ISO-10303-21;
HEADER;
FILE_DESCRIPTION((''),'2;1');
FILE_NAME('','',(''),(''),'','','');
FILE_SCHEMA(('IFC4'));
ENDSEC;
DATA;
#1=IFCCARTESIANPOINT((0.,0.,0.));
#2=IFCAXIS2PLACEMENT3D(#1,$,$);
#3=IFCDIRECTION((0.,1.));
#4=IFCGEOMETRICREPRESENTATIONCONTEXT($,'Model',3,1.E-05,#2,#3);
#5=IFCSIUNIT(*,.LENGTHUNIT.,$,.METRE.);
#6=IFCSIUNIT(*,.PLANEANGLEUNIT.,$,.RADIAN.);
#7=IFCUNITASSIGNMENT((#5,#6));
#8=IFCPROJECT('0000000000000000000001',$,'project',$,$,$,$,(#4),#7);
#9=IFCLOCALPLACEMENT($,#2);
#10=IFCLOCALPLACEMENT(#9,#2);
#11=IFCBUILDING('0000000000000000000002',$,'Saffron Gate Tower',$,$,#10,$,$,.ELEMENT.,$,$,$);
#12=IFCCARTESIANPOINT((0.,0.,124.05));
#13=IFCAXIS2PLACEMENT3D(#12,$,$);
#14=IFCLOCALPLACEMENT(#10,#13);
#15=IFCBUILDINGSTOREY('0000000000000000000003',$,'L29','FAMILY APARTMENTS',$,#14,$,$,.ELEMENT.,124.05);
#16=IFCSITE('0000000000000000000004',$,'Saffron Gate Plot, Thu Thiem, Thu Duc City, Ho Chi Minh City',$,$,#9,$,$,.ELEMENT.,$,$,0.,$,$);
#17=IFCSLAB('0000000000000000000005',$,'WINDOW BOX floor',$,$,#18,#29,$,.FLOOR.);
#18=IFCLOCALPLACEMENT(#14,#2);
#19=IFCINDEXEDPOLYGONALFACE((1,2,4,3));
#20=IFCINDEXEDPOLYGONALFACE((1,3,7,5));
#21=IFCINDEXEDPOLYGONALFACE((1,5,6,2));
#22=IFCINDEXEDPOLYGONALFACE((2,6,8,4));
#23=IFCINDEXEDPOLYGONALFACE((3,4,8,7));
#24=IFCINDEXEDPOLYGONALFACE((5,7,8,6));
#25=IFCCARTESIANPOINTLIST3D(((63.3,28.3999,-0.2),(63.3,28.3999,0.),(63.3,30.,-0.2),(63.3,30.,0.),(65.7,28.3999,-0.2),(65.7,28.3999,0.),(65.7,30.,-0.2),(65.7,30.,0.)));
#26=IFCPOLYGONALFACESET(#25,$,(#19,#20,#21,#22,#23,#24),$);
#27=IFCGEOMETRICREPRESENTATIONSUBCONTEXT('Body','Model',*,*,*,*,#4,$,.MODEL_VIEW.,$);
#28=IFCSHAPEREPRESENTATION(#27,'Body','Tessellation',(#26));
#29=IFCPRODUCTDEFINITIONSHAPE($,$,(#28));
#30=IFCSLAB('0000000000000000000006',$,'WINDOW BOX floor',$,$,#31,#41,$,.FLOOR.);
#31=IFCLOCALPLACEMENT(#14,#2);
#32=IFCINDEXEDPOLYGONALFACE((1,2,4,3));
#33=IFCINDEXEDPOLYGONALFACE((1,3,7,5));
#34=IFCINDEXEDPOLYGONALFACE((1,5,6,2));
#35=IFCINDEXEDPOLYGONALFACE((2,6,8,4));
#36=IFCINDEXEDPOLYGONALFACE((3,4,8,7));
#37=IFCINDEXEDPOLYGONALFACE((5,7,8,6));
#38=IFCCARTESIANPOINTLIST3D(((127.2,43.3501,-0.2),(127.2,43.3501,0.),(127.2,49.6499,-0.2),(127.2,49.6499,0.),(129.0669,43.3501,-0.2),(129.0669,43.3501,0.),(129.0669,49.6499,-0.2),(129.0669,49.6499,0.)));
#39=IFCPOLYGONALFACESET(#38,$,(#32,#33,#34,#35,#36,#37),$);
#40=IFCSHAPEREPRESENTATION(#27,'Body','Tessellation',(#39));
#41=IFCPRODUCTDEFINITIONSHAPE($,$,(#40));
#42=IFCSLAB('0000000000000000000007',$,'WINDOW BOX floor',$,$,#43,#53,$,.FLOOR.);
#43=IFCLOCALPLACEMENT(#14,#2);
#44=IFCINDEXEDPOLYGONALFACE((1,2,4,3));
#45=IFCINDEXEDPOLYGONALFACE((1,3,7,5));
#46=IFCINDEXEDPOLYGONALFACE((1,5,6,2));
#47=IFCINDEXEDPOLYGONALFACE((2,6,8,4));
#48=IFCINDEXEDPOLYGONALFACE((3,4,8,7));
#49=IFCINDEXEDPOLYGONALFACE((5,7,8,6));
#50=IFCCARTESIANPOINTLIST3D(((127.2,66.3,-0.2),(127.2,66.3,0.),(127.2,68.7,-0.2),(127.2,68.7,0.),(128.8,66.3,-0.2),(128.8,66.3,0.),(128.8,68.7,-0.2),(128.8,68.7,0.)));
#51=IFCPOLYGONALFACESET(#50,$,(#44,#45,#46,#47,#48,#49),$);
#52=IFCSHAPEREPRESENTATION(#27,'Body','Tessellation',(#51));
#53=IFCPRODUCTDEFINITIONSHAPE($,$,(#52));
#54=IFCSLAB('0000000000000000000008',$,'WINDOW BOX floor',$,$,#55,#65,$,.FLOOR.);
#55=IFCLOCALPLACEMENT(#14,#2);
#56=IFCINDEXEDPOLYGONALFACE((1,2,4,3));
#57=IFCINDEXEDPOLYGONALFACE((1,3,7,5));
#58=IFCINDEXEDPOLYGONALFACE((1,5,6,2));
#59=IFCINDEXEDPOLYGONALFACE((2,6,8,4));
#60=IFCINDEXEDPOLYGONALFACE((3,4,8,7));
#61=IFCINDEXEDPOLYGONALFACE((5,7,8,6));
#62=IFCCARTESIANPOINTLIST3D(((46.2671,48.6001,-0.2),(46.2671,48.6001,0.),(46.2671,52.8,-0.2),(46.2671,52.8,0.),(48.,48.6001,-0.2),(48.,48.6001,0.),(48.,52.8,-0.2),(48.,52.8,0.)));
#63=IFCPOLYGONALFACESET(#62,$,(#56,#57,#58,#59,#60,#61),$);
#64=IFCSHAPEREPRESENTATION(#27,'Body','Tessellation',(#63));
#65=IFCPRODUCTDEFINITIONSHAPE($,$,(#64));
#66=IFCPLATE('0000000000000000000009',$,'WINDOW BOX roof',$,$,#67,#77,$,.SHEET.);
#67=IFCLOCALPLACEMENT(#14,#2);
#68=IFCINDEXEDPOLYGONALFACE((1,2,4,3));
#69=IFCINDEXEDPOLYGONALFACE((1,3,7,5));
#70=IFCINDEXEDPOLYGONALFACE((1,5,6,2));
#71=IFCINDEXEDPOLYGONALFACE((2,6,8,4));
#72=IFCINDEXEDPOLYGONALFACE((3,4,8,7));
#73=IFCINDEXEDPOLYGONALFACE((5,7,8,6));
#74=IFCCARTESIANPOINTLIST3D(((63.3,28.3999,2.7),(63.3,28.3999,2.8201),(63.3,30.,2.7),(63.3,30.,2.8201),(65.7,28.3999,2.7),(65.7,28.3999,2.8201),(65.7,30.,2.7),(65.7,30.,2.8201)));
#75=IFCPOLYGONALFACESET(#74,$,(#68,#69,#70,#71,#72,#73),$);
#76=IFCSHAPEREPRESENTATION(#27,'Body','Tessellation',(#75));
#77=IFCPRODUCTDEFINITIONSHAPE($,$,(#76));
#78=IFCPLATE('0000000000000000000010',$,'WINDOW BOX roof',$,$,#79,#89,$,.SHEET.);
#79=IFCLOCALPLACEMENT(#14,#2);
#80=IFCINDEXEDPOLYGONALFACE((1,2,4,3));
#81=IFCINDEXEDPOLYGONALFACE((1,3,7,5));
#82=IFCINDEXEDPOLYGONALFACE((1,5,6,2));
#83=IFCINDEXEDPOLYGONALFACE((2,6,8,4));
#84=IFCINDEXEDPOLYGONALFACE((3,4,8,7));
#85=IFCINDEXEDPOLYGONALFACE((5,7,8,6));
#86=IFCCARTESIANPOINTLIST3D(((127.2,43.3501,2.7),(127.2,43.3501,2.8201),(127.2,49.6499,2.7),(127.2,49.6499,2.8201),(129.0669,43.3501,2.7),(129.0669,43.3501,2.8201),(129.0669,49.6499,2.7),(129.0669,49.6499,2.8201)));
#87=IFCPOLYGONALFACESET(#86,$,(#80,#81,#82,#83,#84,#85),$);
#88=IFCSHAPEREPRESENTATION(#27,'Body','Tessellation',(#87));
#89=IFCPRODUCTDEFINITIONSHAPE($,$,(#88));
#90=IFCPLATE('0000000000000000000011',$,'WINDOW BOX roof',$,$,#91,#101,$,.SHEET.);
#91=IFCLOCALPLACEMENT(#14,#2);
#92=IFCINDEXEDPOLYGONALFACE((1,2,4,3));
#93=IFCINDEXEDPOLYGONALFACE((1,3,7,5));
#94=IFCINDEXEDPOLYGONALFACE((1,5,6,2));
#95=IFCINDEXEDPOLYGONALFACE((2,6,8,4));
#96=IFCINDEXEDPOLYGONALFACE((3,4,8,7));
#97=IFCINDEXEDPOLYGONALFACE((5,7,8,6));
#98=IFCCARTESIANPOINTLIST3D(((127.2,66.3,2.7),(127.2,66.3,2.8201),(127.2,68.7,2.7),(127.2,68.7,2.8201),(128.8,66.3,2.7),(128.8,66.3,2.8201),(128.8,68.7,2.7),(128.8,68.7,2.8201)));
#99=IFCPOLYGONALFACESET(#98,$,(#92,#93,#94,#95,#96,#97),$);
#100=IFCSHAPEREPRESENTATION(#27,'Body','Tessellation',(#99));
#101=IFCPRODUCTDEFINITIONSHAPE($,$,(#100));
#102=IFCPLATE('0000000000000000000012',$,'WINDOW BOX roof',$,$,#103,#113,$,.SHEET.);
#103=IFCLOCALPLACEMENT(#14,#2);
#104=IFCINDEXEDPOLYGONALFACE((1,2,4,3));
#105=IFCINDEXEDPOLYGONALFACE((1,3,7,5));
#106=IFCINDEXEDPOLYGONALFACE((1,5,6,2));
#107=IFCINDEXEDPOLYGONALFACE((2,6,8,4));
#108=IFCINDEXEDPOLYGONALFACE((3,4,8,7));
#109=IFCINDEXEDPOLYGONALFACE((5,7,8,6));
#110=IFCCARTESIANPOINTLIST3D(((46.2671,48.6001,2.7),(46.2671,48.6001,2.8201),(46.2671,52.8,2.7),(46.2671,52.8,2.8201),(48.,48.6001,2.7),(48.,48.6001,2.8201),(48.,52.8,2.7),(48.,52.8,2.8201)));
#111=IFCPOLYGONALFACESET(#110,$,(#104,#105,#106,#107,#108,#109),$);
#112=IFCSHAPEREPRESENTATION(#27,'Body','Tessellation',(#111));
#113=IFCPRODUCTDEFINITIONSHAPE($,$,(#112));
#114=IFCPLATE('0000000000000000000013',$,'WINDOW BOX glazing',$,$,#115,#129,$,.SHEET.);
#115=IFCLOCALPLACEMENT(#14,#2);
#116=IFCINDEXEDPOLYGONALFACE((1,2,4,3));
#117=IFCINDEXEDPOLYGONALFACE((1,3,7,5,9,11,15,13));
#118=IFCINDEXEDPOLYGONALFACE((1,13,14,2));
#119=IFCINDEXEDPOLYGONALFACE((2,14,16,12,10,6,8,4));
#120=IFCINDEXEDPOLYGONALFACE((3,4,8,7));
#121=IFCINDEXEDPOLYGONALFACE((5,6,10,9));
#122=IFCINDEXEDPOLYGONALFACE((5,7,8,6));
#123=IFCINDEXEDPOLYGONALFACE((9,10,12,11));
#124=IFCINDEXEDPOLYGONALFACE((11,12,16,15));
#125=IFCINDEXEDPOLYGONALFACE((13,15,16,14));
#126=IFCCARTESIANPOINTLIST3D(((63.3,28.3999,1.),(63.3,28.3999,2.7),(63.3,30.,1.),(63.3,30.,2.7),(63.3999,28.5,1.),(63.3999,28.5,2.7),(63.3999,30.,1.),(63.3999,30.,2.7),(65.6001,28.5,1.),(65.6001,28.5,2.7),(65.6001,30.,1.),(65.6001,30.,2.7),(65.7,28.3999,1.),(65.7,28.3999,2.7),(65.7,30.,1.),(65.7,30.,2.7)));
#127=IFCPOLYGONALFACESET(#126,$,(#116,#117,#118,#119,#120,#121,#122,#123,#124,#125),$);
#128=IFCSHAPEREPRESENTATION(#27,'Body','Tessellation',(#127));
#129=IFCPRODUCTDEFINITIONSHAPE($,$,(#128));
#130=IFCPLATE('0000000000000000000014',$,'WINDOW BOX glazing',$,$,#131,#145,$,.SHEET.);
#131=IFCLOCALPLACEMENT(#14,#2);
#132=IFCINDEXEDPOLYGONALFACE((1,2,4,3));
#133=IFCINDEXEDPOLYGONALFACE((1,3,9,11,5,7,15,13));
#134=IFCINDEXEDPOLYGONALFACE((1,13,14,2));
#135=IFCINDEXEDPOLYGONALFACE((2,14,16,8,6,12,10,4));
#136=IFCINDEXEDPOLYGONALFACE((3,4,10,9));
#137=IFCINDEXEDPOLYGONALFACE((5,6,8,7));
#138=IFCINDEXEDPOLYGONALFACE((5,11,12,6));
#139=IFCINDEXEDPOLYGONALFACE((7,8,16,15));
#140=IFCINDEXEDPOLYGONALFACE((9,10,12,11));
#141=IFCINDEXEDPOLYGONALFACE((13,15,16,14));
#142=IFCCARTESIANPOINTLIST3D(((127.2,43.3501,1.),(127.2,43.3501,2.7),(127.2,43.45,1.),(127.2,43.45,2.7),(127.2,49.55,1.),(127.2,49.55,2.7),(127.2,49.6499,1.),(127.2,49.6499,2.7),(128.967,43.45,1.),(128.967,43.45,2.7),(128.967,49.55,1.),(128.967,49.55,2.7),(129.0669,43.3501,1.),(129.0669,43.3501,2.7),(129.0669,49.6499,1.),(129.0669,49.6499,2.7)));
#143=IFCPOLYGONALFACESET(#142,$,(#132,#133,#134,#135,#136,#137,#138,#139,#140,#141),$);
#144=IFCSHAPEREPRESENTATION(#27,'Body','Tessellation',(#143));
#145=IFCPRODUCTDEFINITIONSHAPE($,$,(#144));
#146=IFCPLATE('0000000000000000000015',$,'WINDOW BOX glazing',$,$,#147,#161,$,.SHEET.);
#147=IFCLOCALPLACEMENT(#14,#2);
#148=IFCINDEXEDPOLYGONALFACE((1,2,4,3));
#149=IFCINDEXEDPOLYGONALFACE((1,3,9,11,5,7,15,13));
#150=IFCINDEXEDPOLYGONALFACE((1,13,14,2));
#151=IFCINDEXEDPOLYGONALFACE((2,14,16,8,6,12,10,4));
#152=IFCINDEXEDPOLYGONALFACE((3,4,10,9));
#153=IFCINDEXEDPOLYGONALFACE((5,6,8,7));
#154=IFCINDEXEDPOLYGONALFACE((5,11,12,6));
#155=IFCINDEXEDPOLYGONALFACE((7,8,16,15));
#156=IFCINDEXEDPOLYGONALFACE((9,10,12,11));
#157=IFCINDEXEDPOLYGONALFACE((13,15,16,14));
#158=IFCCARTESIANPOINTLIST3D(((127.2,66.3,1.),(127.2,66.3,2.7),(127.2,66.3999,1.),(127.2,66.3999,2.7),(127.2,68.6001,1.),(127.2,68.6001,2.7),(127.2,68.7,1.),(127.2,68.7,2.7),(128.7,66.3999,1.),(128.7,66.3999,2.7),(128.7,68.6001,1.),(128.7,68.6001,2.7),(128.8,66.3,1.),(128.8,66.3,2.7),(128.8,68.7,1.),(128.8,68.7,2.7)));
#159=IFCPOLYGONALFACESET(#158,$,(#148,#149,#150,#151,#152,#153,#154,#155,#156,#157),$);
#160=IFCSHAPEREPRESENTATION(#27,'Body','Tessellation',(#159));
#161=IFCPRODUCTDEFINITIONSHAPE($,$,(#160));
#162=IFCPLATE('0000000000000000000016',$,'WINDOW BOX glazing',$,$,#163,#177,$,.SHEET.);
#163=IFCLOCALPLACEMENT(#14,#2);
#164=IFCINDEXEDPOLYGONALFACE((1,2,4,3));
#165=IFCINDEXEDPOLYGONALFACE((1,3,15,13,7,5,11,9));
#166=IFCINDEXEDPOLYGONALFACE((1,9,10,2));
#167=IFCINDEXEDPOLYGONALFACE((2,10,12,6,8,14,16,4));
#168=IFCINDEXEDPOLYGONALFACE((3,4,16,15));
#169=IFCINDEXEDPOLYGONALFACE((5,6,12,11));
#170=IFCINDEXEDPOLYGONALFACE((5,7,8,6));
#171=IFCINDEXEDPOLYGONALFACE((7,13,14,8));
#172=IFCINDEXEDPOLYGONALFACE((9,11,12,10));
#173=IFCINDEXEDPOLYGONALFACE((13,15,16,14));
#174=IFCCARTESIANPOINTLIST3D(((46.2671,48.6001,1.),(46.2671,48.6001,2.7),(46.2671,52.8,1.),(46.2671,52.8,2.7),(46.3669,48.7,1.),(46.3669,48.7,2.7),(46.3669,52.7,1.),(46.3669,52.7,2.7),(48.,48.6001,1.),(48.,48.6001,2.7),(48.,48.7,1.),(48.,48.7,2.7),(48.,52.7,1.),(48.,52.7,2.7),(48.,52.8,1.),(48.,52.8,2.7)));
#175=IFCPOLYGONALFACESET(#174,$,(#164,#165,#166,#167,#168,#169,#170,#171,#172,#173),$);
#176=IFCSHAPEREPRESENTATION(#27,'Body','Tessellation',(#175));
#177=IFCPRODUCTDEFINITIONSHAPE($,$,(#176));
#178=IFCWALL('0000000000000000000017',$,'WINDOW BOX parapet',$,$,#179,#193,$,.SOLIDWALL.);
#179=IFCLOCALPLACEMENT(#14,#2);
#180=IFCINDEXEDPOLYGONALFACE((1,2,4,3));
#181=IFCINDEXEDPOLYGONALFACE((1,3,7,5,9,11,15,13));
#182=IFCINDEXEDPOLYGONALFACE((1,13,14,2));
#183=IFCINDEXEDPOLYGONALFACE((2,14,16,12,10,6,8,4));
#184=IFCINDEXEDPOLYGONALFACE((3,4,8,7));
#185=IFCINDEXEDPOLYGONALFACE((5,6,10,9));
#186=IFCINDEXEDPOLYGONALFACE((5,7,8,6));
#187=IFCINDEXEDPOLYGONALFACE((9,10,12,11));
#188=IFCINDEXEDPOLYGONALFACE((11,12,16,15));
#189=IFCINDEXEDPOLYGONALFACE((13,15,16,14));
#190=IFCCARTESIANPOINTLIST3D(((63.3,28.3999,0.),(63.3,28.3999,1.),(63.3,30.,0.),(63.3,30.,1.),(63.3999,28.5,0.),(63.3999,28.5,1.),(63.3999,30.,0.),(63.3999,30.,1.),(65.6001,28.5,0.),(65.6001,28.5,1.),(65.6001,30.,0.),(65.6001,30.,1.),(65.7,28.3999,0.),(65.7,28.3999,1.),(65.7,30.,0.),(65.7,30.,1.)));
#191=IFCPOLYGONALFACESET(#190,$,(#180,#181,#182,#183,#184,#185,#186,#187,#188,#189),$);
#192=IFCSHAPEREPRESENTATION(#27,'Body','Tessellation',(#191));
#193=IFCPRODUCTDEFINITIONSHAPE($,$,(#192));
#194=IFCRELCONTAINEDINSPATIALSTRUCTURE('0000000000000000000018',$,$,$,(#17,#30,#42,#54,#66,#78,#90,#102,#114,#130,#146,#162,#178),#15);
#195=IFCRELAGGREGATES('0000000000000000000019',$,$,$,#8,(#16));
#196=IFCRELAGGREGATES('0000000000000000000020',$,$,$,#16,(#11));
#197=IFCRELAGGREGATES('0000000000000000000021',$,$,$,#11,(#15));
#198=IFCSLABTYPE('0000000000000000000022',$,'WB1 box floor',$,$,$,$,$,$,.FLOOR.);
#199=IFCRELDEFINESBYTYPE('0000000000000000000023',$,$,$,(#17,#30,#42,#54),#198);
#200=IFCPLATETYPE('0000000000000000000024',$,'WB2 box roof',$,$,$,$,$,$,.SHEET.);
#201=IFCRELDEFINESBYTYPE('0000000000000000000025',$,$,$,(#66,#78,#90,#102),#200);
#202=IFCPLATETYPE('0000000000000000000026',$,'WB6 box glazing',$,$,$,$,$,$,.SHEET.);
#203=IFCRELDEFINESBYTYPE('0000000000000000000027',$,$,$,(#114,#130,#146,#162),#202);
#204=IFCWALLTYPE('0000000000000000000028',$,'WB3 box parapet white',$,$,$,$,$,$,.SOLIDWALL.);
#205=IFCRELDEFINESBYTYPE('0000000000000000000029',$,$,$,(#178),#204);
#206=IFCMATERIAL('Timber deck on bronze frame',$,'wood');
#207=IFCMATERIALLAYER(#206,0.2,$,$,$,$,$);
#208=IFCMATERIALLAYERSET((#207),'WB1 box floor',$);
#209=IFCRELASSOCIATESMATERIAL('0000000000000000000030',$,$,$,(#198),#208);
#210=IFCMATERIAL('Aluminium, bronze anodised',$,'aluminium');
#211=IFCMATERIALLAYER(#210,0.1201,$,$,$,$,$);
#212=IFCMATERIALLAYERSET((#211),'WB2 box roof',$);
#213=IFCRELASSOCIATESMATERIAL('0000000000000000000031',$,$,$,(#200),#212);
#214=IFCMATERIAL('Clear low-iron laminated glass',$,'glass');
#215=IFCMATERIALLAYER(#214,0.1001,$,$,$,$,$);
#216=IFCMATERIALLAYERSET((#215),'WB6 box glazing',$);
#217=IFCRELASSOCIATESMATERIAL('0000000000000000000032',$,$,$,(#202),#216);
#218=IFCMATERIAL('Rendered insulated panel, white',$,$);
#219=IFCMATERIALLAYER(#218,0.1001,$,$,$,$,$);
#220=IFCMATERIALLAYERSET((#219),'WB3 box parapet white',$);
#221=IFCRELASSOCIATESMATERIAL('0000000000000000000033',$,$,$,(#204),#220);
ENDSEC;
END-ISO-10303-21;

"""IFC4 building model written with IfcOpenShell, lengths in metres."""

from ifc_helpers import new_model, si_unit, direction, frame, origin, place, context, subcontext, project, spatial, polyline, outline, extrude, material, layer, layer_set, type_object, element, save


model = new_model("IFC4")

# Units and contexts
model_context = context("Model", 3, precision=1e-05, world=origin(), true_north=direction((0.0, 1.0)))
body_context = subcontext(model_context, "Body", "Model", "MODEL_VIEW")
ifc_project = project(units=[si_unit("LENGTHUNIT", "METRE"), si_unit("PLANEANGLEUNIT", "RADIAN")], contexts=[model_context])

# Site, building, storey
site_placement = place(None, origin())
site = spatial("IfcSite", under=ifc_project, at=site_placement, Name="Saffron Gate Plot, Thu Thiem, Thu Duc City, Ho Chi Minh City", CompositionType="ELEMENT", RefElevation=0.0)
building_placement = place(site_placement, origin())
building = spatial("IfcBuilding", under=site, at=building_placement, Name="Saffron Gate Tower", CompositionType="ELEMENT")
storey_placement = place(building_placement, frame((0.0, 0.0, 124.05)))
storey = spatial("IfcBuildingStorey", under=building, at=storey_placement, Name="L29", Description="FAMILY APARTMENTS", CompositionType="ELEMENT", Elevation=124.05)

# Slabs
ifc_material_1 = material(Name="Timber deck on bronze frame", Category="wood")
ifc_layer_1 = layer(ifc_material_1, 0.2)
ifc_layer_set_1 = layer_set([ifc_layer_1], Name="WB1 box floor")
slab_type_1 = type_object("IfcSlabType", Name="WB1 box floor", PredefinedType="FLOOR", material=ifc_layer_set_1)
slab_1_placement = place(storey_placement, frame((0.0, 0.0, -0.2)))
element("IfcSlab", 1, at=slab_1_placement, inside=storey, type_object=slab_type_1, Name="WINDOW BOX floor", PredefinedType="FLOOR", context=body_context, shape_type="SweptSolid", body=[
    extrude(outline(polyline([(63.3, 30.0), (65.7, 30.0), (65.7, 28.3999), (63.3, 28.3999), (63.3, 30.0)])), origin(), (0.0, 0.0, 1.0), 0.2),
])
slab_2_placement = place(storey_placement, frame((0.0, 0.0, -0.2)))
element("IfcSlab", 2, at=slab_2_placement, inside=storey, type_object=slab_type_1, Name="WINDOW BOX floor", PredefinedType="FLOOR", context=body_context, shape_type="SweptSolid", body=[
    extrude(outline(polyline([(127.2, 43.3501), (127.2, 49.6499), (129.0669, 49.6499), (129.0669, 43.3501), (127.2, 43.3501)])), origin(), (0.0, 0.0, 1.0), 0.2),
])
slab_3_placement = place(storey_placement, frame((0.0, 0.0, -0.2)))
element("IfcSlab", 3, at=slab_3_placement, inside=storey, type_object=slab_type_1, Name="WINDOW BOX floor", PredefinedType="FLOOR", context=body_context, shape_type="SweptSolid", body=[
    extrude(outline(polyline([(127.2, 66.3), (127.2, 68.7), (128.8, 68.7), (128.8, 66.3), (127.2, 66.3)])), origin(), (0.0, 0.0, 1.0), 0.2),
])
slab_4_placement = place(storey_placement, frame((0.0, 0.0, -0.2)))
element("IfcSlab", 4, at=slab_4_placement, inside=storey, type_object=slab_type_1, Name="WINDOW BOX floor", PredefinedType="FLOOR", context=body_context, shape_type="SweptSolid", body=[
    extrude(outline(polyline([(48.0, 52.8), (48.0, 48.6001), (46.2671, 48.6001), (46.2671, 52.8), (48.0, 52.8)])), origin(), (0.0, 0.0, 1.0), 0.2),
])

# Plates
ifc_material_2 = material(Name="Aluminium, bronze anodised", Category="aluminium")
ifc_layer_2 = layer(ifc_material_2, 0.1201)
ifc_layer_set_2 = layer_set([ifc_layer_2], Name="WB2 box roof")
plate_type_1 = type_object("IfcPlateType", Name="WB2 box roof", PredefinedType="SHEET", material=ifc_layer_set_2)
plate_1_placement = place(storey_placement, frame((0.0, 0.0, 2.7)))
element("IfcPlate", 5, at=plate_1_placement, inside=storey, type_object=plate_type_1, Name="WINDOW BOX roof", PredefinedType="SHEET", context=body_context, shape_type="SweptSolid", body=[
    extrude(outline(polyline([(63.3, 30.0), (65.7, 30.0), (65.7, 28.3999), (63.3, 28.3999), (63.3, 30.0)])), origin(), (0.0, 0.0, 1.0), 0.1201),
])
plate_2_placement = place(storey_placement, frame((0.0, 0.0, 2.7)))
element("IfcPlate", 6, at=plate_2_placement, inside=storey, type_object=plate_type_1, Name="WINDOW BOX roof", PredefinedType="SHEET", context=body_context, shape_type="SweptSolid", body=[
    extrude(outline(polyline([(127.2, 43.3501), (127.2, 49.6499), (129.0669, 49.6499), (129.0669, 43.3501), (127.2, 43.3501)])), origin(), (0.0, 0.0, 1.0), 0.1201),
])
plate_3_placement = place(storey_placement, frame((0.0, 0.0, 2.7)))
element("IfcPlate", 7, at=plate_3_placement, inside=storey, type_object=plate_type_1, Name="WINDOW BOX roof", PredefinedType="SHEET", context=body_context, shape_type="SweptSolid", body=[
    extrude(outline(polyline([(127.2, 66.3), (127.2, 68.7), (128.8, 68.7), (128.8, 66.3), (127.2, 66.3)])), origin(), (0.0, 0.0, 1.0), 0.1201),
])
plate_4_placement = place(storey_placement, frame((0.0, 0.0, 2.7)))
element("IfcPlate", 8, at=plate_4_placement, inside=storey, type_object=plate_type_1, Name="WINDOW BOX roof", PredefinedType="SHEET", context=body_context, shape_type="SweptSolid", body=[
    extrude(outline(polyline([(48.0, 52.8), (48.0, 48.6001), (46.2671, 48.6001), (46.2671, 52.8), (48.0, 52.8)])), origin(), (0.0, 0.0, 1.0), 0.1201),
])
ifc_material_3 = material(Name="Clear low-iron laminated glass", Category="glass")
ifc_layer_3 = layer(ifc_material_3, 0.1001)
ifc_layer_set_3 = layer_set([ifc_layer_3], Name="WB6 box glazing")
plate_type_2 = type_object("IfcPlateType", Name="WB6 box glazing", PredefinedType="SHEET", material=ifc_layer_set_3)
plate_5_placement = place(storey_placement, frame((0.0, 0.0, 1.0)))
element("IfcPlate", 9, at=plate_5_placement, inside=storey, type_object=plate_type_2, Name="WINDOW BOX glazing", PredefinedType="SHEET", context=body_context, shape_type="SweptSolid", body=[
    extrude(outline(polyline([(63.3, 30.0), (63.3999, 30.0), (63.3999, 28.5), (65.6001, 28.5), (65.6001, 30.0), (65.7, 30.0), (65.7, 28.3999), (63.3, 28.3999), (63.3, 30.0)])), origin(), (0.0, 0.0, 1.0), 1.7),
])
plate_6_placement = place(storey_placement, frame((0.0, 0.0, 1.0)))
element("IfcPlate", 10, at=plate_6_placement, inside=storey, type_object=plate_type_2, Name="WINDOW BOX glazing", PredefinedType="SHEET", context=body_context, shape_type="SweptSolid", body=[
    extrude(outline(polyline([(127.2, 43.3501), (127.2, 43.45), (128.967, 43.45), (128.967, 49.55), (127.2, 49.55), (127.2, 49.6499), (129.0669, 49.6499), (129.0669, 43.3501), (127.2, 43.3501)])), origin(), (0.0, 0.0, 1.0), 1.7),
])
plate_7_placement = place(storey_placement, frame((0.0, 0.0, 1.0)))
element("IfcPlate", 11, at=plate_7_placement, inside=storey, type_object=plate_type_2, Name="WINDOW BOX glazing", PredefinedType="SHEET", context=body_context, shape_type="SweptSolid", body=[
    extrude(outline(polyline([(127.2, 66.3), (127.2, 66.3999), (128.7, 66.3999), (128.7, 68.6001), (127.2, 68.6001), (127.2, 68.7), (128.8, 68.7), (128.8, 66.3), (127.2, 66.3)])), origin(), (0.0, 0.0, 1.0), 1.7),
])
plate_8_placement = place(storey_placement, frame((0.0, 0.0, 1.0)))
element("IfcPlate", 12, at=plate_8_placement, inside=storey, type_object=plate_type_2, Name="WINDOW BOX glazing", PredefinedType="SHEET", context=body_context, shape_type="SweptSolid", body=[
    extrude(outline(polyline([(48.0, 52.8), (48.0, 52.7), (46.3669, 52.7), (46.3669, 48.7), (48.0, 48.7), (48.0, 48.6001), (46.2671, 48.6001), (46.2671, 52.8), (48.0, 52.8)])), origin(), (0.0, 0.0, 1.0), 1.7),
])

# Wall
ifc_material_4 = material(Name="Rendered insulated panel, white")
ifc_layer_4 = layer(ifc_material_4, 0.1001)
ifc_layer_set_4 = layer_set([ifc_layer_4], Name="WB3 box parapet white")
wall_type = type_object("IfcWallType", Name="WB3 box parapet white", PredefinedType="SOLIDWALL", material=ifc_layer_set_4)
wall_1_placement = place(storey_placement, origin())
element("IfcWall", 13, at=wall_1_placement, inside=storey, type_object=wall_type, Name="WINDOW BOX parapet", PredefinedType="SOLIDWALL", context=body_context, shape_type="SweptSolid", body=[
    extrude(outline(polyline([(63.3, 30.0), (63.3999, 30.0), (63.3999, 28.5), (65.6001, 28.5), (65.6001, 30.0), (65.7, 30.0), (65.7, 28.3999), (63.3, 28.3999), (63.3, 30.0)])), origin(), (0.0, 0.0, 1.0), 1.0),
])

save(model, "model.ifc")
